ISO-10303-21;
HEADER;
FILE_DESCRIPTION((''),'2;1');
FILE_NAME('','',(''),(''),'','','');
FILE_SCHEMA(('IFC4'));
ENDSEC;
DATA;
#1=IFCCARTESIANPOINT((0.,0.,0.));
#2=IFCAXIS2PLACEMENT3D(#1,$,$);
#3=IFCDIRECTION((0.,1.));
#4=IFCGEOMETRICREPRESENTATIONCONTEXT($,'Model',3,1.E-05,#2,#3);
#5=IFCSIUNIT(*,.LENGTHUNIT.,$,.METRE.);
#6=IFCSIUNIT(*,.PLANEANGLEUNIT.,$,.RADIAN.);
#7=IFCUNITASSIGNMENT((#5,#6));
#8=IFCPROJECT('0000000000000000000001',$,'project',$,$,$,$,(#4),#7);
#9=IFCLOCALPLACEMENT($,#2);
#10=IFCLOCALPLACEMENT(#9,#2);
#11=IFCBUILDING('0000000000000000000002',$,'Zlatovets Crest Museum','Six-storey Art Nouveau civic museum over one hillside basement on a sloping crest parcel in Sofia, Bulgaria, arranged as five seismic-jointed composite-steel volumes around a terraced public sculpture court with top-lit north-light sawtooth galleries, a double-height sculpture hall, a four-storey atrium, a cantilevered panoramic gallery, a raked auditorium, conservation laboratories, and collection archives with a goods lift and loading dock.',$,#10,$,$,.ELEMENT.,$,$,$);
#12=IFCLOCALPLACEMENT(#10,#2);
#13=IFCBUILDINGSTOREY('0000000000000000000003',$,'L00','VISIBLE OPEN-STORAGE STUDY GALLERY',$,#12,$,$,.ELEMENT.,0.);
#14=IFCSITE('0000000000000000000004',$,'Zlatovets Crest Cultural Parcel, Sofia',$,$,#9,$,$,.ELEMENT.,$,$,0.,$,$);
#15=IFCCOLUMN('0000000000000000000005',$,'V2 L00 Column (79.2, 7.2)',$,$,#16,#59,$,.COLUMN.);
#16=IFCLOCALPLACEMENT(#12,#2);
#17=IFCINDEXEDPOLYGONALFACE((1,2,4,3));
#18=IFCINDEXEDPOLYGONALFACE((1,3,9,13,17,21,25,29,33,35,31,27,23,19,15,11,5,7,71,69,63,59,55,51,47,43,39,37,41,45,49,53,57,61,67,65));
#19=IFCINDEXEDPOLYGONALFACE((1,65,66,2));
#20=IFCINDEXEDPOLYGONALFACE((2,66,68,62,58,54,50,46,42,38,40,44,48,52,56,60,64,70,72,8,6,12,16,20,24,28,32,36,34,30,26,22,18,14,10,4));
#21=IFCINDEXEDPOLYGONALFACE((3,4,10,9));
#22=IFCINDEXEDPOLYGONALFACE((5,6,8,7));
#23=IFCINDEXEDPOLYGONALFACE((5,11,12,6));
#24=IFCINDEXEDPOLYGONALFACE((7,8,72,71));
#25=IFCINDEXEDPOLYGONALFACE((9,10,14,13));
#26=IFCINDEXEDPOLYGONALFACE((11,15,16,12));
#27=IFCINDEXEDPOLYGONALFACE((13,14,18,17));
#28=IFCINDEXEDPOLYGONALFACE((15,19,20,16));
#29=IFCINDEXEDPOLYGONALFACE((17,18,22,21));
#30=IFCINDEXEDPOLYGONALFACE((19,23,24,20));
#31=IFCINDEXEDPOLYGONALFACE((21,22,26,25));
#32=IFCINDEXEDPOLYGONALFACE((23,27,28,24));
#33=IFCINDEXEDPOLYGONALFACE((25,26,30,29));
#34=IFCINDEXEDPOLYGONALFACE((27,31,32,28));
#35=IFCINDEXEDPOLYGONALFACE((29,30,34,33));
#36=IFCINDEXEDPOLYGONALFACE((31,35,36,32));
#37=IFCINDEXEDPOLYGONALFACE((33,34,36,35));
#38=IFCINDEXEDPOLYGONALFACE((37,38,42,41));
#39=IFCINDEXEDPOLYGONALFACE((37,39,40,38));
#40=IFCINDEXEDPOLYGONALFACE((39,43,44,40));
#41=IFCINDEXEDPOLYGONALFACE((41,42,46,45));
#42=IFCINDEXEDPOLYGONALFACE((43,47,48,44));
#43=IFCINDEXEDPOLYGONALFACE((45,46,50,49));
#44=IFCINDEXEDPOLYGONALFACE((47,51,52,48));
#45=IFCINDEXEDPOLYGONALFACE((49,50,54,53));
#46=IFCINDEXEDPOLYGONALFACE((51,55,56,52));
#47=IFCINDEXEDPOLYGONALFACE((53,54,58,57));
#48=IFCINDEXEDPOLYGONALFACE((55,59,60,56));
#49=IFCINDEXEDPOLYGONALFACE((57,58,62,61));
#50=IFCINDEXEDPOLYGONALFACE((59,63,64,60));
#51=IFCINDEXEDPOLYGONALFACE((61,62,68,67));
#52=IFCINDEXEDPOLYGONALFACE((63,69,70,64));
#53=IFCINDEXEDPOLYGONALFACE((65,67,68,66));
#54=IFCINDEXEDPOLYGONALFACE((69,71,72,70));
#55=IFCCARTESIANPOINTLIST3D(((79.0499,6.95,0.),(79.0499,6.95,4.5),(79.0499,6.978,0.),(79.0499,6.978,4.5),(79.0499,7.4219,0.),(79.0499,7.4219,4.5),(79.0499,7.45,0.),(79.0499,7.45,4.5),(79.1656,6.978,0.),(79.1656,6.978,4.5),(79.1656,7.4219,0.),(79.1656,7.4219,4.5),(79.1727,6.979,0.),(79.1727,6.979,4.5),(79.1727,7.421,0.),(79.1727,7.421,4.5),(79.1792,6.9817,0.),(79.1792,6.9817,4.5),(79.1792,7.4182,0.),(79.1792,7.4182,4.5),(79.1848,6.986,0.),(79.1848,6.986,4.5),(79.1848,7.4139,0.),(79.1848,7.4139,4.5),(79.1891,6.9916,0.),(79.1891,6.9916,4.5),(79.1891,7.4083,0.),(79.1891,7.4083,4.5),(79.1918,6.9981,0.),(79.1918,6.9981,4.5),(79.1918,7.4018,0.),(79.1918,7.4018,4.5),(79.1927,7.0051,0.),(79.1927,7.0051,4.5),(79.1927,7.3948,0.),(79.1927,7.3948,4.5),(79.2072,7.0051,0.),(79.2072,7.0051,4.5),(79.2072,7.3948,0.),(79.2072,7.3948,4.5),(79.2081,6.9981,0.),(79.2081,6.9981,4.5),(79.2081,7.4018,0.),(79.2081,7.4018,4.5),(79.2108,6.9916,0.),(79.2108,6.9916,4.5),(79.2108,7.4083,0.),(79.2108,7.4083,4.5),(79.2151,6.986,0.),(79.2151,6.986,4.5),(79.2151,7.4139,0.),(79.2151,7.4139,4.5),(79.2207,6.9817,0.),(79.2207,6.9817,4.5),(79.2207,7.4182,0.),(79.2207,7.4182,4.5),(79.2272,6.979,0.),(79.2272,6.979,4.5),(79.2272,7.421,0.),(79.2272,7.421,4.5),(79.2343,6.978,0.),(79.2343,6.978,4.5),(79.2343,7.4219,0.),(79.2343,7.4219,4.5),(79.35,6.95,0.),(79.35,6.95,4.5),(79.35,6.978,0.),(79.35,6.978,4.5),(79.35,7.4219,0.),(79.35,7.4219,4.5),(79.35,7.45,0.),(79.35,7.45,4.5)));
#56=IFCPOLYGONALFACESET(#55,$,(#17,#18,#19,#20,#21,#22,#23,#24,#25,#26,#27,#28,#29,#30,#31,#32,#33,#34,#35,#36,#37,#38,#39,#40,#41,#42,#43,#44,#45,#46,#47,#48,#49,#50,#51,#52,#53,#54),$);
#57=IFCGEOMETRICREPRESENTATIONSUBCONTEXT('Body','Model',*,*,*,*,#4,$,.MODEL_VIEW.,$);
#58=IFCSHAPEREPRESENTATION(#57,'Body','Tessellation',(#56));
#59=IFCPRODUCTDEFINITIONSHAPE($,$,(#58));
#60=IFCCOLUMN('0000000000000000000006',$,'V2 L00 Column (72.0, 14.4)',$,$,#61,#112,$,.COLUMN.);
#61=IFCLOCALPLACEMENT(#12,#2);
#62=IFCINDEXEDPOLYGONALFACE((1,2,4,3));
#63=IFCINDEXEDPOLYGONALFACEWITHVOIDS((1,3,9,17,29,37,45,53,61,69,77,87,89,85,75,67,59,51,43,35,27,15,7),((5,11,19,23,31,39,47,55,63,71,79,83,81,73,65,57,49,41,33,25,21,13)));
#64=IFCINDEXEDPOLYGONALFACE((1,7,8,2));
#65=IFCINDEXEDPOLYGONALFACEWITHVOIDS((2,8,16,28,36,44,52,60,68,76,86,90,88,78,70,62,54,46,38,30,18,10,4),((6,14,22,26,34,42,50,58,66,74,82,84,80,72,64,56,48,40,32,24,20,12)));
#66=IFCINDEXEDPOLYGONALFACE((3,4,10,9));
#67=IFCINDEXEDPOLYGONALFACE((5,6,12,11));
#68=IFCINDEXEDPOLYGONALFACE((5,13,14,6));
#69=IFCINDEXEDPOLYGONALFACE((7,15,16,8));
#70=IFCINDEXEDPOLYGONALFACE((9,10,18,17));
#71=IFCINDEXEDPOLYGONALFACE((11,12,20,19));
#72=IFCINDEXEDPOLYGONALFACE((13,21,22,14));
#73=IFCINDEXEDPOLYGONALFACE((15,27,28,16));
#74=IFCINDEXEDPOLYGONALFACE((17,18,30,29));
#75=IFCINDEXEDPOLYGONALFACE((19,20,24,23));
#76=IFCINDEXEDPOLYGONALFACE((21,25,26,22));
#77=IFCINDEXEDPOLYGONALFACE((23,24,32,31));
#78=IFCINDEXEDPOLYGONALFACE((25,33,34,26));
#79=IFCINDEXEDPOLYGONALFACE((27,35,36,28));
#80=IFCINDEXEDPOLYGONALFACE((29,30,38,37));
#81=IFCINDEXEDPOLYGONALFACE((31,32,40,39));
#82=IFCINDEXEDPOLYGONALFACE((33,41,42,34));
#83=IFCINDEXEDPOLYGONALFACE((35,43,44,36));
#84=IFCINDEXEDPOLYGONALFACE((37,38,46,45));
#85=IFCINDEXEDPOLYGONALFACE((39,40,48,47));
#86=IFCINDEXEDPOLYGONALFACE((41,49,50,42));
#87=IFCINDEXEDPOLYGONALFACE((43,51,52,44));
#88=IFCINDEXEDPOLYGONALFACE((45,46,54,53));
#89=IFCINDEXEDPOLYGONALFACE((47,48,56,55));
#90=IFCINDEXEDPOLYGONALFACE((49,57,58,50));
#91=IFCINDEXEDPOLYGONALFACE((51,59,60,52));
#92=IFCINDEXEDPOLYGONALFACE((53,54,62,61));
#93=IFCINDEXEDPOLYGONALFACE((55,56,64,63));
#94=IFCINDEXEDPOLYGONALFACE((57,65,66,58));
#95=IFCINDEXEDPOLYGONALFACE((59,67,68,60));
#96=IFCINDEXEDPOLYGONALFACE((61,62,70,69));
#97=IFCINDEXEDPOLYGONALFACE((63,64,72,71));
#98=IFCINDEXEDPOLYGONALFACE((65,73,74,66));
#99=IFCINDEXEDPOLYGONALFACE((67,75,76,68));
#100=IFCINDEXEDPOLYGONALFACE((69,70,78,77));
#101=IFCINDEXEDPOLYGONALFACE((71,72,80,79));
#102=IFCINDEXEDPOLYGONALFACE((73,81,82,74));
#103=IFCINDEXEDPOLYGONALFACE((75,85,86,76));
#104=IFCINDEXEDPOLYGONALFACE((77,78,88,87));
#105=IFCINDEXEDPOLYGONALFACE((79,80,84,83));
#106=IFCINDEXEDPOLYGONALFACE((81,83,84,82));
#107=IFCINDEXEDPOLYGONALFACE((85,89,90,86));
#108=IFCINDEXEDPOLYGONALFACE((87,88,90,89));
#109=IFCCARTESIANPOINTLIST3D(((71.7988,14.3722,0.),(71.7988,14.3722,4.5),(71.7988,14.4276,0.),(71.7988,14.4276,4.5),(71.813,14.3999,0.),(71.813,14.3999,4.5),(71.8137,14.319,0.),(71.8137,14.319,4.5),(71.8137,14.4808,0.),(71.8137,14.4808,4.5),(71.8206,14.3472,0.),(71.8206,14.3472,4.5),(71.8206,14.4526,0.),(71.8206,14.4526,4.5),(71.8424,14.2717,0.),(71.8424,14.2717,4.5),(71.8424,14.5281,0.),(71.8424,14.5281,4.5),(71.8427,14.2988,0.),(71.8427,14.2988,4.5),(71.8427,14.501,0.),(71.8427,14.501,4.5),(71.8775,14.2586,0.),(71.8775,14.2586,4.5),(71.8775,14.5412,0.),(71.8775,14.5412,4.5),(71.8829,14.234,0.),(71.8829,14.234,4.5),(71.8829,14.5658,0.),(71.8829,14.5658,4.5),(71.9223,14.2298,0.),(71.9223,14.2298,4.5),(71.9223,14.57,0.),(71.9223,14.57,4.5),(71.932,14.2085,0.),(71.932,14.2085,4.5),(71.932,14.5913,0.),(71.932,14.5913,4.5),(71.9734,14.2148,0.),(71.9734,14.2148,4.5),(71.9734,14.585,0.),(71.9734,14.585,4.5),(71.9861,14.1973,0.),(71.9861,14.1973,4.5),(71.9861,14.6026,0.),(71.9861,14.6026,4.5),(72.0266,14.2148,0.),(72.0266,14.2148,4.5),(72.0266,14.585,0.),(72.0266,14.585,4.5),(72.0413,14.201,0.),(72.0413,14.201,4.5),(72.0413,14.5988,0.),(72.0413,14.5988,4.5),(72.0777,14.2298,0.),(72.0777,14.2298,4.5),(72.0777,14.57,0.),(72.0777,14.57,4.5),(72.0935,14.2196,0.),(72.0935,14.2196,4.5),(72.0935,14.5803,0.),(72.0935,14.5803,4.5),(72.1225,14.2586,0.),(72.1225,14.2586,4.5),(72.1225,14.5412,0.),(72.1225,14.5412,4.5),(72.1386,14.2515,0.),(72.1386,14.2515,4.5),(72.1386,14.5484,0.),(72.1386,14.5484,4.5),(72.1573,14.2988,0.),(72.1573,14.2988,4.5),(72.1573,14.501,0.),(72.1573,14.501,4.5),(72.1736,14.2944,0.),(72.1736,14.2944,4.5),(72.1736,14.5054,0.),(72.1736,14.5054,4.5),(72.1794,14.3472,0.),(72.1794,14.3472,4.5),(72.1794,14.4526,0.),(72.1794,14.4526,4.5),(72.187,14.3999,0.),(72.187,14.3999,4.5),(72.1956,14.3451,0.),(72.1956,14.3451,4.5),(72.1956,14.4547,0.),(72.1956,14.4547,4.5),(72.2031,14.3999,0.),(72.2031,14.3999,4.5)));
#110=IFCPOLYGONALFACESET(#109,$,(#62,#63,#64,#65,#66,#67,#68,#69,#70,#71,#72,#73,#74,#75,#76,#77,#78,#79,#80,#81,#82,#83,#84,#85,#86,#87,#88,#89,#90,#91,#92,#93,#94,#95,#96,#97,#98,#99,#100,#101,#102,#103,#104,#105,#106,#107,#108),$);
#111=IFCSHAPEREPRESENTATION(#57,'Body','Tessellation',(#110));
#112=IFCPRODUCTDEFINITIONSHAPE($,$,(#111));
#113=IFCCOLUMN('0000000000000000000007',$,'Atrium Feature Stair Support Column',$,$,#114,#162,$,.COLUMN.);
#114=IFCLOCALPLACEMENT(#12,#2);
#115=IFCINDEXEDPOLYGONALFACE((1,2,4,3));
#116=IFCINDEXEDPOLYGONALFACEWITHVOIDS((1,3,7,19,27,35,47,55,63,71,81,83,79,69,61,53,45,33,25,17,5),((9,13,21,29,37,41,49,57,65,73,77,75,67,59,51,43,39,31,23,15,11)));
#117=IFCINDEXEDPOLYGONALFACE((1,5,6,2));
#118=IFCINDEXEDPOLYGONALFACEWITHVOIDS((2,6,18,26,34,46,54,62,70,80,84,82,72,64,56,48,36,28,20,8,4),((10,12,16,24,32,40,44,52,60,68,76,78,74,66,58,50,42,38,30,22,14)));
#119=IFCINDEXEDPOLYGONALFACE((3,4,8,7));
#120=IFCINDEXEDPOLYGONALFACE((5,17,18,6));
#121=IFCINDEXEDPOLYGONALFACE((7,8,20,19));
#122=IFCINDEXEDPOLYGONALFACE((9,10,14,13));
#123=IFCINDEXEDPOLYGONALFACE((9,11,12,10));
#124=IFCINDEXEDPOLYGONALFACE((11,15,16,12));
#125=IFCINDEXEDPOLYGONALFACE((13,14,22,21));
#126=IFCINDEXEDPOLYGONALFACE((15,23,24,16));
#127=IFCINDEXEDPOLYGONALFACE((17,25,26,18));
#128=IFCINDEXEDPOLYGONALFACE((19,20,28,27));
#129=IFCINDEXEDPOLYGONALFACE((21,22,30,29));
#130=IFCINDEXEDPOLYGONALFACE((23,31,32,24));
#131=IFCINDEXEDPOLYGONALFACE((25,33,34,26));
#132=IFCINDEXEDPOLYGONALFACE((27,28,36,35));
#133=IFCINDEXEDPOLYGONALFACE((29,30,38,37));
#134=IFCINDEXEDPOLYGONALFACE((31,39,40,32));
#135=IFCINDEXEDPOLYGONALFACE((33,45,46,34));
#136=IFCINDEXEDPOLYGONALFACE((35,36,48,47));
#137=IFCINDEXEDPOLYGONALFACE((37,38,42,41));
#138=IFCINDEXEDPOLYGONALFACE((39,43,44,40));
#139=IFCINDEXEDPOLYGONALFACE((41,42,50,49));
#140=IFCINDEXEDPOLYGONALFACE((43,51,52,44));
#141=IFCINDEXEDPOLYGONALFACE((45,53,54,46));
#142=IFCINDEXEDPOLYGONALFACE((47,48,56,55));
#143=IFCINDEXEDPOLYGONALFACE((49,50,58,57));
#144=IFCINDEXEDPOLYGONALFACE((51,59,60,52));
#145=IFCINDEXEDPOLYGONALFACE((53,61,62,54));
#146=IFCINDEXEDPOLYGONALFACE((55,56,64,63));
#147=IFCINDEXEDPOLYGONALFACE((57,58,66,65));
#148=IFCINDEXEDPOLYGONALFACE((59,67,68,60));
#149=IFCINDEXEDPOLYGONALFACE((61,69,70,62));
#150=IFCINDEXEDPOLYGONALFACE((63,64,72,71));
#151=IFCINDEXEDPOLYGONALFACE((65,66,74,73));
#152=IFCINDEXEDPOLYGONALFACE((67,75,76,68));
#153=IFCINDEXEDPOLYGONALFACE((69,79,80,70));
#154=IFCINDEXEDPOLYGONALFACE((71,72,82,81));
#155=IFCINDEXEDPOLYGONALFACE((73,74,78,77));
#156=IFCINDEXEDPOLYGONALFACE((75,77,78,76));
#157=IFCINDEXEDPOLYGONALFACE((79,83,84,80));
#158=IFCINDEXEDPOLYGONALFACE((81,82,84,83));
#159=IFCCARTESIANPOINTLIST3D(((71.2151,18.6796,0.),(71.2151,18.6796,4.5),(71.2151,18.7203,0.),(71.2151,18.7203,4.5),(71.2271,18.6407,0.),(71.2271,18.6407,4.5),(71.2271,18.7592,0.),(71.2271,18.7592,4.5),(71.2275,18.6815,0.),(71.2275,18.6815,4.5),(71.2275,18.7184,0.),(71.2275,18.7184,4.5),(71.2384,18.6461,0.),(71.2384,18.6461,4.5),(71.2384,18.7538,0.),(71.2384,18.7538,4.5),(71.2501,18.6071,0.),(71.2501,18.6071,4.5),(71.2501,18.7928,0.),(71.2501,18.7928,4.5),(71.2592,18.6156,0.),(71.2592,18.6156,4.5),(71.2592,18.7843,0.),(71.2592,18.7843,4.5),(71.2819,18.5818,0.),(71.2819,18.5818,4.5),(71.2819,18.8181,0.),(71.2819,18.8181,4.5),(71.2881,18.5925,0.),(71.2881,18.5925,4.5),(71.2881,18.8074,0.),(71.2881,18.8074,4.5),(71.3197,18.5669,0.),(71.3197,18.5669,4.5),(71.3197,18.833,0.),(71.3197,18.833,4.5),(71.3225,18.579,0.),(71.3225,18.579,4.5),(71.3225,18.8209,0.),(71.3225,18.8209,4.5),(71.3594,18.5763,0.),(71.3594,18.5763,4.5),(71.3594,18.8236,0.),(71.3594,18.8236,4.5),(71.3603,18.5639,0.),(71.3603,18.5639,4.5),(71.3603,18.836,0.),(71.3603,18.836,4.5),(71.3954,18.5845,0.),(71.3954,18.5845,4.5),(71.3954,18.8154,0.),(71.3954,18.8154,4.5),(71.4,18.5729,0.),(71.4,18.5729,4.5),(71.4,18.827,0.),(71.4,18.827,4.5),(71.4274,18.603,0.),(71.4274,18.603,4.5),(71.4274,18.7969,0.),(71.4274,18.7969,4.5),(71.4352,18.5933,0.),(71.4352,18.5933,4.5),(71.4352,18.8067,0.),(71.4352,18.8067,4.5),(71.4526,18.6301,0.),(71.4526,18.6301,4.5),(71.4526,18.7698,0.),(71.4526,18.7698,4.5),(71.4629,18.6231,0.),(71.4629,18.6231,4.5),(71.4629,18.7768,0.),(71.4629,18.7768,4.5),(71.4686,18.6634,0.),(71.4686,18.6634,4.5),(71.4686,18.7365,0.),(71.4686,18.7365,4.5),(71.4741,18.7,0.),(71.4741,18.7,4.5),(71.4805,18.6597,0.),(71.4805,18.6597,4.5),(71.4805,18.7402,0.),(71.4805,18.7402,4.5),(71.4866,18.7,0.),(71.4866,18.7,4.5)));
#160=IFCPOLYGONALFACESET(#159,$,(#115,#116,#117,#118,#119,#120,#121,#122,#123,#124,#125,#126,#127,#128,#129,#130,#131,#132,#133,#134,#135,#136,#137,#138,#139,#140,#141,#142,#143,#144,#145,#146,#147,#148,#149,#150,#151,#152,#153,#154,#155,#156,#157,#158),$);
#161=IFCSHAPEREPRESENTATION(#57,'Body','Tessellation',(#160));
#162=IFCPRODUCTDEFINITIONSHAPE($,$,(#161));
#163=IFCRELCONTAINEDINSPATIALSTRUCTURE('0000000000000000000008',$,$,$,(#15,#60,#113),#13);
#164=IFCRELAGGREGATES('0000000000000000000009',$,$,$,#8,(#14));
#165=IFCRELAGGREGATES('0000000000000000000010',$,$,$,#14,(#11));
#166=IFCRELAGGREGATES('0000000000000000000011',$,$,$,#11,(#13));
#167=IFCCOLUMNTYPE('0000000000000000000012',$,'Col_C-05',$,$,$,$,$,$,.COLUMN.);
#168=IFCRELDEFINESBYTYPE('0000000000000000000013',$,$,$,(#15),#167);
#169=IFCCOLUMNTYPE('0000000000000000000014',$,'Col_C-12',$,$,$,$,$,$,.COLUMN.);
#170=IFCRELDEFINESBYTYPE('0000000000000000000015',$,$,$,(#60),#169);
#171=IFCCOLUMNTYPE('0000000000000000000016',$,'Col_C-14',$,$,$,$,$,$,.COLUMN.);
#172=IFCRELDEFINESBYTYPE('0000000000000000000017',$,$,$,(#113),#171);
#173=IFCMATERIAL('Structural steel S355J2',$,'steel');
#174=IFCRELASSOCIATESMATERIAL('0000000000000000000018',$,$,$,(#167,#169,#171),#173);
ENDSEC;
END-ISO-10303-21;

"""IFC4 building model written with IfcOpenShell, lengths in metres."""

from ifc_helpers import new_model, si_unit, direction, frame, origin, origin_2d, place, context, subcontext, project, spatial, hollow_circle, i_section, extrude, material, material_profile, profile_set, type_object, element, save


model = new_model("IFC4")

# Units and contexts
model_context = context("Model", 3, precision=1e-05, world=origin(), true_north=direction((0.0, 1.0)))
body_context = subcontext(model_context, "Body", "Model", "MODEL_VIEW")
ifc_project = project(units=[si_unit("LENGTHUNIT", "METRE"), si_unit("PLANEANGLEUNIT", "RADIAN")], contexts=[model_context])

# Site, building, storey
site_placement = place(None, origin())
site = spatial("IfcSite", under=ifc_project, at=site_placement, Name="Zlatovets Crest Cultural Parcel, Sofia", CompositionType="ELEMENT", RefElevation=0.0)
building_placement = place(site_placement, origin())
building = spatial("IfcBuilding", under=site, at=building_placement, Name="Zlatovets Crest Museum", Description="Six-storey Art Nouveau civic museum over one hillside basement on a sloping crest parcel in Sofia, Bulgaria, arranged as five seismic-jointed composite-steel volumes around a terraced public sculpture court with top-lit north-light sawtooth galleries, a double-height sculpture hall, a four-storey atrium, a cantilevered panoramic gallery, a raked auditorium, conservation laboratories, and collection archives with a goods lift and loading dock.", CompositionType="ELEMENT")
storey_placement = place(building_placement, origin())
storey = spatial("IfcBuildingStorey", under=building, at=storey_placement, Name="L00", Description="VISIBLE OPEN-STORAGE STUDY GALLERY", CompositionType="ELEMENT", Elevation=0.0)

# Columns
ifc_material_1 = material(Name="Structural steel S355J2", Category="steel")
ifc_material_profile_1 = material_profile(ifc_material_1, i_section(OverallWidth=0.3, OverallDepth=0.5, WebThickness=0.0144, FlangeThickness=0.0281, FilletRadius=0.0271, at=origin_2d()), Name="HEB 500")
ifc_profile_set_1 = profile_set([ifc_material_profile_1], Name="Structural steel S355J2")
column_type_1 = type_object("IfcColumnType", Name="Col_C-05", PredefinedType="COLUMN", material=ifc_profile_set_1)
column_1_placement = place(storey_placement, frame((79.2, 7.2, 0.0), z_axis=(0.0, 0.0, 1.0), x_axis=(1.0, 0.0, 0.0)))
element("IfcColumn", 1, at=column_1_placement, inside=storey, type_object=column_type_1, Name="V2 L00 Column (79.2, 7.2)", PredefinedType="COLUMN", context=body_context, shape_type="SweptSolid", body=[
    extrude(i_section(OverallWidth=0.3, OverallDepth=0.5, WebThickness=0.0144, FlangeThickness=0.0281, FilletRadius=0.0271, at=origin_2d()), origin(), (0.0, 0.0, 1.0), 4.5),
])
ifc_material_profile_2 = material_profile(ifc_material_1, hollow_circle(Radius=0.2031, WallThickness=0.0161, at=origin_2d()), Name="CHS 406.4x16.0")
ifc_profile_set_2 = profile_set([ifc_material_profile_2], Name="Structural steel S355J2")
column_type_2 = type_object("IfcColumnType", Name="Col_C-12", PredefinedType="COLUMN", material=ifc_profile_set_2)
column_2_placement = place(storey_placement, frame((72.0, 14.3999, 0.0), z_axis=(0.0, 0.0, 1.0), x_axis=(1.0, 0.0, 0.0)))
element("IfcColumn", 2, at=column_2_placement, inside=storey, type_object=column_type_2, Name="V2 L00 Column (72.0, 14.4)", PredefinedType="COLUMN", context=body_context, shape_type="SweptSolid", body=[
    extrude(hollow_circle(Radius=0.2031, WallThickness=0.0161, at=origin_2d()), origin(), (0.0, 0.0, 1.0), 4.5),
])
ifc_material_profile_3 = material_profile(ifc_material_1, hollow_circle(Radius=0.1365, WallThickness=0.0125, at=origin_2d()), Name="CHS 273.0x12.5")
ifc_profile_set_3 = profile_set([ifc_material_profile_3], Name="Structural steel S355J2")
column_type_3 = type_object("IfcColumnType", Name="Col_C-14", PredefinedType="COLUMN", material=ifc_profile_set_3)
for number, where, z_axis, x_axis, name in (
    (3, (71.3501, 18.7, 0.0), (0.0, 0.0, 1.0), (1.0, 0.0, 0.0), "Atrium Feature Stair Support Column"),
):
    element("IfcColumn", number, at=place(storey_placement, frame(where, z_axis=z_axis, x_axis=x_axis)), inside=storey, type_object=column_type_3, Name=name, PredefinedType="COLUMN", context=body_context, shape_type="SweptSolid", body=[
        extrude(hollow_circle(Radius=0.1365, WallThickness=0.0125, at=origin_2d()), origin(), (0.0, 0.0, 1.0), 4.5),
    ])

save(model, "model.ifc")
